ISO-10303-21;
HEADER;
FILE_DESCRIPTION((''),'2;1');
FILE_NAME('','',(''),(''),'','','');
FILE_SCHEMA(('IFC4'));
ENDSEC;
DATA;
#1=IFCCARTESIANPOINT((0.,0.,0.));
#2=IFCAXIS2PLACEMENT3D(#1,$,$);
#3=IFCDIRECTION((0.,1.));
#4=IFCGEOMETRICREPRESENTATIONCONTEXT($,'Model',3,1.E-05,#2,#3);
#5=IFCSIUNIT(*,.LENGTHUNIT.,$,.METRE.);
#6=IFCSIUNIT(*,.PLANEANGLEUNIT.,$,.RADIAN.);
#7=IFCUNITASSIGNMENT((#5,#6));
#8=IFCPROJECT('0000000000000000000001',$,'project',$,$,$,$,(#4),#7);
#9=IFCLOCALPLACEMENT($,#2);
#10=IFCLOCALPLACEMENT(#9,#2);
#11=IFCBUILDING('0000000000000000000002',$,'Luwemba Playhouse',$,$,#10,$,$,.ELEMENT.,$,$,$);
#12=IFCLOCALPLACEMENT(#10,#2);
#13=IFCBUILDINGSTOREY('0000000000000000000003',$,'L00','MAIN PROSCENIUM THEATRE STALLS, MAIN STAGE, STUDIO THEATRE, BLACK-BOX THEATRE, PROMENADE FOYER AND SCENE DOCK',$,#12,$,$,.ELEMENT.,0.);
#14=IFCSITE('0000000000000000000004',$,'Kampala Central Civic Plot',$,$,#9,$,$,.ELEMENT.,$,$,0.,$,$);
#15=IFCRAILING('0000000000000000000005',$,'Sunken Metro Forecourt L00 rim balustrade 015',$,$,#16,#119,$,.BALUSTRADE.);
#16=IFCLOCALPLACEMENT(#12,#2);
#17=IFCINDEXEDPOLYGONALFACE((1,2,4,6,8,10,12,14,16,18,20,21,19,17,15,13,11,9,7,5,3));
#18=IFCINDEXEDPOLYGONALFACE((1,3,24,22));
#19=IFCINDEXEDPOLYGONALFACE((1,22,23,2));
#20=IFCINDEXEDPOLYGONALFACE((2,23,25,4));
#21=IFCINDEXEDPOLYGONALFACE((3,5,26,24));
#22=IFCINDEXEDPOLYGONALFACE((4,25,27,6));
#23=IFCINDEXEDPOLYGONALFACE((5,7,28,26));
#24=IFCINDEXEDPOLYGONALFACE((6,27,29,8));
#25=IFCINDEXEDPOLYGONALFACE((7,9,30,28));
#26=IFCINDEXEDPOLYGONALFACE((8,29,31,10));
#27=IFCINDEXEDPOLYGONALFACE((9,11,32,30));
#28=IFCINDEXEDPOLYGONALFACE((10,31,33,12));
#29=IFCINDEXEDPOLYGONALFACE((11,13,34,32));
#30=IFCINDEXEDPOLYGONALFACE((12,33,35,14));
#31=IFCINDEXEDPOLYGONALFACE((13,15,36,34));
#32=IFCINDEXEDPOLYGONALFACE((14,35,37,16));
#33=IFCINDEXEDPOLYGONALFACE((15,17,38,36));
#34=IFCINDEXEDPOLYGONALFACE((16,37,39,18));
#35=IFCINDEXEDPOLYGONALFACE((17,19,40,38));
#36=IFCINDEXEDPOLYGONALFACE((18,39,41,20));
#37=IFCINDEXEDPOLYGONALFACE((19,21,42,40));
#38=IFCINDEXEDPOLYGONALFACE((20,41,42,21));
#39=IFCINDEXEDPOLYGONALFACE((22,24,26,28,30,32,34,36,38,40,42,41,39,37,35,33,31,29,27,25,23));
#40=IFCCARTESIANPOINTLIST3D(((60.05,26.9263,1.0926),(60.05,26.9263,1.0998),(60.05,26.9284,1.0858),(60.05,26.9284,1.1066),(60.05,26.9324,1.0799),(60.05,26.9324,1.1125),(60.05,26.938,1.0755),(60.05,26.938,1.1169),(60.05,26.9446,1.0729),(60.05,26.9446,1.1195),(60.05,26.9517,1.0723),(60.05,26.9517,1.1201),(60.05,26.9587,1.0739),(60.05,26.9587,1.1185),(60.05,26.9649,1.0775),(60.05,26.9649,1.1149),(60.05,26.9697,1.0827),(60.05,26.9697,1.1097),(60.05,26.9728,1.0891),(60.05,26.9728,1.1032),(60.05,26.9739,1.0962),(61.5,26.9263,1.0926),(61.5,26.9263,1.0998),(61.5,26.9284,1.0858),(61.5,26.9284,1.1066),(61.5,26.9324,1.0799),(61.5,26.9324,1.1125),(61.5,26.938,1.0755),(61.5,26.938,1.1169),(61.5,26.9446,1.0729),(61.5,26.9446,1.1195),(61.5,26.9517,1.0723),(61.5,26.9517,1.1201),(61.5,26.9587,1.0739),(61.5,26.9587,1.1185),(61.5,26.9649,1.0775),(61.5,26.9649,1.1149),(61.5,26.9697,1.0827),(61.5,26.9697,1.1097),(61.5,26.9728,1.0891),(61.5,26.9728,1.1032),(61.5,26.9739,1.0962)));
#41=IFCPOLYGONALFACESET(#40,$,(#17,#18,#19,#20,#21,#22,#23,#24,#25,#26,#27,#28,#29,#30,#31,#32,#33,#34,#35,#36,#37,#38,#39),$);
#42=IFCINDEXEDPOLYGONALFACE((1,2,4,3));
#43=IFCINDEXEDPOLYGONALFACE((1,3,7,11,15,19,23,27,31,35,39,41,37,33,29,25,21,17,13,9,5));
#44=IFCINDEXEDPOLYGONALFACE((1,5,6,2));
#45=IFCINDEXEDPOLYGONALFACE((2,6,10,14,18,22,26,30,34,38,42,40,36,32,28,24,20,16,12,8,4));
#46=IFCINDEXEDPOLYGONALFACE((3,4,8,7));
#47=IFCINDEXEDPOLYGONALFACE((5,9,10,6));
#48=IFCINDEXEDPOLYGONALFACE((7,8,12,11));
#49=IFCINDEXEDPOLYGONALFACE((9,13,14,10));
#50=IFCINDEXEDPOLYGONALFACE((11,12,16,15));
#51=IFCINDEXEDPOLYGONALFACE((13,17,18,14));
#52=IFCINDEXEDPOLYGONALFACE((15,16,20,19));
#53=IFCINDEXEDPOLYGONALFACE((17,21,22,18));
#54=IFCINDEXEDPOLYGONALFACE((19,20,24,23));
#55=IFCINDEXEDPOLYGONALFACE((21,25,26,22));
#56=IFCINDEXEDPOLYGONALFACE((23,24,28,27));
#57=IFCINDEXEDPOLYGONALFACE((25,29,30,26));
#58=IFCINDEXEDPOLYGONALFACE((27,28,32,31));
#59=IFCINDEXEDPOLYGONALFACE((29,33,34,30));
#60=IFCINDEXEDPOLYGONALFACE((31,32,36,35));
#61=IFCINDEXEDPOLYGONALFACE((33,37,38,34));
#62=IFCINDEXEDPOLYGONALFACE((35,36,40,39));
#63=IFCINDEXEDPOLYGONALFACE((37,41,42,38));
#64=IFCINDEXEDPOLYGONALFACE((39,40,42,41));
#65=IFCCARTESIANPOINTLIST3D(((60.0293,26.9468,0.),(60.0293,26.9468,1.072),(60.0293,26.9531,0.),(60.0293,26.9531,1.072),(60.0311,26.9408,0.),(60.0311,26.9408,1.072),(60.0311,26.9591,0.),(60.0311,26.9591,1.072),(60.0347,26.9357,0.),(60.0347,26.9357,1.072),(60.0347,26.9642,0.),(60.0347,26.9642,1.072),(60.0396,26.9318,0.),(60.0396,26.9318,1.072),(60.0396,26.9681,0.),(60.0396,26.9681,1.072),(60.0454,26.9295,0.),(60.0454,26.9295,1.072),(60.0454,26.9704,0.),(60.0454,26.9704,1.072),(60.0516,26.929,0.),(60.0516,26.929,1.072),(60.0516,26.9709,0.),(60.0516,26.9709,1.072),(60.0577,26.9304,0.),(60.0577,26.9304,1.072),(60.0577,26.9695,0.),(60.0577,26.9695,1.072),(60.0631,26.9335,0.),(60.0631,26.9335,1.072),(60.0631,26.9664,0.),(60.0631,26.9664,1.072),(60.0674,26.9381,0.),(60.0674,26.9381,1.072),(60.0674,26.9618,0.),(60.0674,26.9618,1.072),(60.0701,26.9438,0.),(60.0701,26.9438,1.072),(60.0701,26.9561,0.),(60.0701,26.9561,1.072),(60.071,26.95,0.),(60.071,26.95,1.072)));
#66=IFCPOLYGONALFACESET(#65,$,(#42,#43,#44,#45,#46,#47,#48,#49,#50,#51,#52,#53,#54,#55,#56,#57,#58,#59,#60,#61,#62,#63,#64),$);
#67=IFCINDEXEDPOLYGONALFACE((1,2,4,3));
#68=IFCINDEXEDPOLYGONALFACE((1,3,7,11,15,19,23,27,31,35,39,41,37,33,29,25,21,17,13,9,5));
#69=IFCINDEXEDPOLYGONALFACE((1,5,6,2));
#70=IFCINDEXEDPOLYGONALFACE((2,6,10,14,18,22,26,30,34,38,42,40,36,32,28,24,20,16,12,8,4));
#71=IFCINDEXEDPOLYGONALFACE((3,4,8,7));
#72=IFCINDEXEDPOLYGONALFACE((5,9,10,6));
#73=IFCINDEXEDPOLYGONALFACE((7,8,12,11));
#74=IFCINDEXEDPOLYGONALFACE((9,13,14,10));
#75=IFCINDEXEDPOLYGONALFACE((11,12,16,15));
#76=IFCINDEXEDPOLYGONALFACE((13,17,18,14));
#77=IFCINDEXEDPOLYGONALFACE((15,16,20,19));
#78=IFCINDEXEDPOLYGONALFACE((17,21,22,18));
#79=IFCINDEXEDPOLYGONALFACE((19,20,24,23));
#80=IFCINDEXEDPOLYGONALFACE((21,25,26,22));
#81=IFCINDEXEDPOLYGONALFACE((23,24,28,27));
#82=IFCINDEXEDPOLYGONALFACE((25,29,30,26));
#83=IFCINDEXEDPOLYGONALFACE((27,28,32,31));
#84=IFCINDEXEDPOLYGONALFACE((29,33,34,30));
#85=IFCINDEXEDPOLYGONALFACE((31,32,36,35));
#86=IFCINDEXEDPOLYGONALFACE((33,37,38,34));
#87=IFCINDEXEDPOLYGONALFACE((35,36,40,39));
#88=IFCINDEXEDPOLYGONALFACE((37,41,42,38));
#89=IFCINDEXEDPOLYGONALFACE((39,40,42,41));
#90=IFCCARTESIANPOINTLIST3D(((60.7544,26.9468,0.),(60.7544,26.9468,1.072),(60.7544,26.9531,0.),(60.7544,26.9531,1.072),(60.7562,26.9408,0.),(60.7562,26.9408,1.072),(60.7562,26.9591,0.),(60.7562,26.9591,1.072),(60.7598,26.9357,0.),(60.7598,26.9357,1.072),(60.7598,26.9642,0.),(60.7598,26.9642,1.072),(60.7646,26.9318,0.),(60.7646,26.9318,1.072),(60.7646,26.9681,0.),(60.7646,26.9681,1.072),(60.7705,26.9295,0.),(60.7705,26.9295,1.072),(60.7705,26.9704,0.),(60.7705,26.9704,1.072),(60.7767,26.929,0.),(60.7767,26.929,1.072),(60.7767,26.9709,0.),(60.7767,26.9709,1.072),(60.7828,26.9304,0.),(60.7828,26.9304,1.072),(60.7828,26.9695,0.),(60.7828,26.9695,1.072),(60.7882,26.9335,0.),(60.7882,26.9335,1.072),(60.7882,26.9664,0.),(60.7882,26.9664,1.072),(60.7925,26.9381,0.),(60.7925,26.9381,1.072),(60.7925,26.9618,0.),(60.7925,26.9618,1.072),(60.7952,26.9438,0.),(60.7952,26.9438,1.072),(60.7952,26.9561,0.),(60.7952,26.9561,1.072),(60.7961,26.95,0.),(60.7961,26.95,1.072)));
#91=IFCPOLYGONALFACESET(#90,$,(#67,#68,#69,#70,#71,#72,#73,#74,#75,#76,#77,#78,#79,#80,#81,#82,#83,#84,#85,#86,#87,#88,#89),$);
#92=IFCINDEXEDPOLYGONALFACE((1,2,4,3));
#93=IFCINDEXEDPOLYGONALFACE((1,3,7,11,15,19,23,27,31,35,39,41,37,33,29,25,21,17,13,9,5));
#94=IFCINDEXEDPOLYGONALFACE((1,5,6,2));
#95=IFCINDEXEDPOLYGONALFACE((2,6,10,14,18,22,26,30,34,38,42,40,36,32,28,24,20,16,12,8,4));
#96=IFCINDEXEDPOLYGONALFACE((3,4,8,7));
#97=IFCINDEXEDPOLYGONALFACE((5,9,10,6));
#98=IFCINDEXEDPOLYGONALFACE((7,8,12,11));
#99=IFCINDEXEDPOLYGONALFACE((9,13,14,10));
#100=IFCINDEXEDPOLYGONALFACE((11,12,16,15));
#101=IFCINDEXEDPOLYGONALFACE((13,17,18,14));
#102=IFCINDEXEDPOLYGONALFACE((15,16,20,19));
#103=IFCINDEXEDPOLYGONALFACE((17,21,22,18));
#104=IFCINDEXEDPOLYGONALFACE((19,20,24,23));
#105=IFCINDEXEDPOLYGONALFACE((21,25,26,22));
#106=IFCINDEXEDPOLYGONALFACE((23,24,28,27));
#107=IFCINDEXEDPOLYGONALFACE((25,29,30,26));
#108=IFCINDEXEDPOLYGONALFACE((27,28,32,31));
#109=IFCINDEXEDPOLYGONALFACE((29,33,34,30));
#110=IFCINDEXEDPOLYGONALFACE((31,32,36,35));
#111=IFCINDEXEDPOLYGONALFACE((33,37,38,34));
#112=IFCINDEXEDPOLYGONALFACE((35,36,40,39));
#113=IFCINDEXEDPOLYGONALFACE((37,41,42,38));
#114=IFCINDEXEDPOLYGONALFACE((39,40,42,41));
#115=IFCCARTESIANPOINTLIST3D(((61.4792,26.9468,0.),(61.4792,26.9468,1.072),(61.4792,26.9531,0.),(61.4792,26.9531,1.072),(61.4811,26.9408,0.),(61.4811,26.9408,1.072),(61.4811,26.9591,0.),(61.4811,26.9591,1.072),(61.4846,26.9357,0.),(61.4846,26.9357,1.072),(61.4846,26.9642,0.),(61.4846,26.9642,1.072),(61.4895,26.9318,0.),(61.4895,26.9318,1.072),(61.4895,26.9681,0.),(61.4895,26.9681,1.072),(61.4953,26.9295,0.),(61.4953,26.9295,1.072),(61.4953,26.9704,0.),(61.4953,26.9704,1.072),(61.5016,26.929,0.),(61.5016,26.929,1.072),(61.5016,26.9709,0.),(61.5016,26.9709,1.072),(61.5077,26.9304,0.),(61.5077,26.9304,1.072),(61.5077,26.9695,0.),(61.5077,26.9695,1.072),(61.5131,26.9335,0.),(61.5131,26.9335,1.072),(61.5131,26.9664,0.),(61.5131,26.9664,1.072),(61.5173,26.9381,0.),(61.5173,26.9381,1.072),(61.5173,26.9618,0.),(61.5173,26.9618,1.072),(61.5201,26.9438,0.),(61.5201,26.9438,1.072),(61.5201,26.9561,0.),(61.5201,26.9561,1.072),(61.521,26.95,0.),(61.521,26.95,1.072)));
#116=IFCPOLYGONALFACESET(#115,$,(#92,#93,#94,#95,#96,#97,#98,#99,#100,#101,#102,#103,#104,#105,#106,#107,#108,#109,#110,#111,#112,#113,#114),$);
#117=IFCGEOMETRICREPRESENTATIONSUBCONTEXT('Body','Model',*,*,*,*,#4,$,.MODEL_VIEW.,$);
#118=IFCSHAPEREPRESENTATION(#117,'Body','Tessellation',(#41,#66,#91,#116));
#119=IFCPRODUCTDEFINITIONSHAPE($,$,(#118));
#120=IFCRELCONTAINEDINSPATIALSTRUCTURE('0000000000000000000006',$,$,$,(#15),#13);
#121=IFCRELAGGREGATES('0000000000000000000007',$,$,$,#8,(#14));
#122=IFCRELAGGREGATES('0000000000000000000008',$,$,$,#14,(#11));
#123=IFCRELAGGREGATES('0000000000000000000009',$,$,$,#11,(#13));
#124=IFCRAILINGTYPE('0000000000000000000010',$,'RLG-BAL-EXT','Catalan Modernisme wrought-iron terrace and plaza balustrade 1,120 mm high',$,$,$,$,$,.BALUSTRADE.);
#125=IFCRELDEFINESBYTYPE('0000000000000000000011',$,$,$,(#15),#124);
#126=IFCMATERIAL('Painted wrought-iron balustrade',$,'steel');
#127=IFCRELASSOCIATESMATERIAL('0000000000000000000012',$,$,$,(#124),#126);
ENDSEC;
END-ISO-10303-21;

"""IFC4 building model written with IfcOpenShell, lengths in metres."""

from ifc_helpers import new_model, si_unit, direction, frame, origin, origin_2d, place, context, subcontext, project, spatial, circle, extrude, material, type_object, element, save


model = new_model("IFC4")

# Units and contexts
model_context = context("Model", 3, precision=1e-05, world=origin(), true_north=direction((0.0, 1.0)))
body_context = subcontext(model_context, "Body", "Model", "MODEL_VIEW")
ifc_project = project(units=[si_unit("LENGTHUNIT", "METRE"), si_unit("PLANEANGLEUNIT", "RADIAN")], contexts=[model_context])

# Site, building, storey
site_placement = place(None, origin())
site = spatial("IfcSite", under=ifc_project, at=site_placement, Name="Kampala Central Civic Plot", CompositionType="ELEMENT", RefElevation=0.0)
building_placement = place(site_placement, origin())
building = spatial("IfcBuilding", under=site, at=building_placement, Name="Luwemba Playhouse", CompositionType="ELEMENT")
storey_placement = place(building_placement, origin())
storey = spatial("IfcBuildingStorey", under=building, at=storey_placement, Name="L00", Description="MAIN PROSCENIUM THEATRE STALLS, MAIN STAGE, STUDIO THEATRE, BLACK-BOX THEATRE, PROMENADE FOYER AND SCENE DOCK", CompositionType="ELEMENT", Elevation=0.0)

# Railing
ifc_material_1 = material(Name="Painted wrought-iron balustrade", Category="steel")
railing_type = type_object("IfcRailingType", Name="RLG-BAL-EXT", Description="Catalan Modernisme wrought-iron terrace and plaza balustrade 1,120 mm high", PredefinedType="BALUSTRADE", material=ifc_material_1)
railing_1_placement = place(storey_placement, frame((60.05, 26.95, 0.0)))
element("IfcRailing", 1, at=railing_1_placement, inside=storey, type_object=railing_type, Name="Sunken Metro Forecourt L00 rim balustrade 015", PredefinedType="BALUSTRADE", context=body_context, shape_type="SweptSolid", body=[
    extrude(circle(Radius=0.0239, at=origin_2d()), frame((0.0, 0.0, 1.0962), z_axis=(1.0, 0.0, 0.0), x_axis=(0.0, 1.0, 0.0)), (0.0, 0.0, 1.0), 1.45),
    extrude(circle(Radius=0.021, at=origin_2d()), origin(), (0.0, 0.0, 1.0), 1.072),
    extrude(circle(Radius=0.021, at=origin_2d()), frame((0.7251, 0.0, 0.0)), (0.0, 0.0, 1.0), 1.072),
    extrude(circle(Radius=0.021, at=origin_2d()), frame((1.45, 0.0, 0.0)), (0.0, 0.0, 1.0), 1.072),
])

save(model, "model.ifc")
